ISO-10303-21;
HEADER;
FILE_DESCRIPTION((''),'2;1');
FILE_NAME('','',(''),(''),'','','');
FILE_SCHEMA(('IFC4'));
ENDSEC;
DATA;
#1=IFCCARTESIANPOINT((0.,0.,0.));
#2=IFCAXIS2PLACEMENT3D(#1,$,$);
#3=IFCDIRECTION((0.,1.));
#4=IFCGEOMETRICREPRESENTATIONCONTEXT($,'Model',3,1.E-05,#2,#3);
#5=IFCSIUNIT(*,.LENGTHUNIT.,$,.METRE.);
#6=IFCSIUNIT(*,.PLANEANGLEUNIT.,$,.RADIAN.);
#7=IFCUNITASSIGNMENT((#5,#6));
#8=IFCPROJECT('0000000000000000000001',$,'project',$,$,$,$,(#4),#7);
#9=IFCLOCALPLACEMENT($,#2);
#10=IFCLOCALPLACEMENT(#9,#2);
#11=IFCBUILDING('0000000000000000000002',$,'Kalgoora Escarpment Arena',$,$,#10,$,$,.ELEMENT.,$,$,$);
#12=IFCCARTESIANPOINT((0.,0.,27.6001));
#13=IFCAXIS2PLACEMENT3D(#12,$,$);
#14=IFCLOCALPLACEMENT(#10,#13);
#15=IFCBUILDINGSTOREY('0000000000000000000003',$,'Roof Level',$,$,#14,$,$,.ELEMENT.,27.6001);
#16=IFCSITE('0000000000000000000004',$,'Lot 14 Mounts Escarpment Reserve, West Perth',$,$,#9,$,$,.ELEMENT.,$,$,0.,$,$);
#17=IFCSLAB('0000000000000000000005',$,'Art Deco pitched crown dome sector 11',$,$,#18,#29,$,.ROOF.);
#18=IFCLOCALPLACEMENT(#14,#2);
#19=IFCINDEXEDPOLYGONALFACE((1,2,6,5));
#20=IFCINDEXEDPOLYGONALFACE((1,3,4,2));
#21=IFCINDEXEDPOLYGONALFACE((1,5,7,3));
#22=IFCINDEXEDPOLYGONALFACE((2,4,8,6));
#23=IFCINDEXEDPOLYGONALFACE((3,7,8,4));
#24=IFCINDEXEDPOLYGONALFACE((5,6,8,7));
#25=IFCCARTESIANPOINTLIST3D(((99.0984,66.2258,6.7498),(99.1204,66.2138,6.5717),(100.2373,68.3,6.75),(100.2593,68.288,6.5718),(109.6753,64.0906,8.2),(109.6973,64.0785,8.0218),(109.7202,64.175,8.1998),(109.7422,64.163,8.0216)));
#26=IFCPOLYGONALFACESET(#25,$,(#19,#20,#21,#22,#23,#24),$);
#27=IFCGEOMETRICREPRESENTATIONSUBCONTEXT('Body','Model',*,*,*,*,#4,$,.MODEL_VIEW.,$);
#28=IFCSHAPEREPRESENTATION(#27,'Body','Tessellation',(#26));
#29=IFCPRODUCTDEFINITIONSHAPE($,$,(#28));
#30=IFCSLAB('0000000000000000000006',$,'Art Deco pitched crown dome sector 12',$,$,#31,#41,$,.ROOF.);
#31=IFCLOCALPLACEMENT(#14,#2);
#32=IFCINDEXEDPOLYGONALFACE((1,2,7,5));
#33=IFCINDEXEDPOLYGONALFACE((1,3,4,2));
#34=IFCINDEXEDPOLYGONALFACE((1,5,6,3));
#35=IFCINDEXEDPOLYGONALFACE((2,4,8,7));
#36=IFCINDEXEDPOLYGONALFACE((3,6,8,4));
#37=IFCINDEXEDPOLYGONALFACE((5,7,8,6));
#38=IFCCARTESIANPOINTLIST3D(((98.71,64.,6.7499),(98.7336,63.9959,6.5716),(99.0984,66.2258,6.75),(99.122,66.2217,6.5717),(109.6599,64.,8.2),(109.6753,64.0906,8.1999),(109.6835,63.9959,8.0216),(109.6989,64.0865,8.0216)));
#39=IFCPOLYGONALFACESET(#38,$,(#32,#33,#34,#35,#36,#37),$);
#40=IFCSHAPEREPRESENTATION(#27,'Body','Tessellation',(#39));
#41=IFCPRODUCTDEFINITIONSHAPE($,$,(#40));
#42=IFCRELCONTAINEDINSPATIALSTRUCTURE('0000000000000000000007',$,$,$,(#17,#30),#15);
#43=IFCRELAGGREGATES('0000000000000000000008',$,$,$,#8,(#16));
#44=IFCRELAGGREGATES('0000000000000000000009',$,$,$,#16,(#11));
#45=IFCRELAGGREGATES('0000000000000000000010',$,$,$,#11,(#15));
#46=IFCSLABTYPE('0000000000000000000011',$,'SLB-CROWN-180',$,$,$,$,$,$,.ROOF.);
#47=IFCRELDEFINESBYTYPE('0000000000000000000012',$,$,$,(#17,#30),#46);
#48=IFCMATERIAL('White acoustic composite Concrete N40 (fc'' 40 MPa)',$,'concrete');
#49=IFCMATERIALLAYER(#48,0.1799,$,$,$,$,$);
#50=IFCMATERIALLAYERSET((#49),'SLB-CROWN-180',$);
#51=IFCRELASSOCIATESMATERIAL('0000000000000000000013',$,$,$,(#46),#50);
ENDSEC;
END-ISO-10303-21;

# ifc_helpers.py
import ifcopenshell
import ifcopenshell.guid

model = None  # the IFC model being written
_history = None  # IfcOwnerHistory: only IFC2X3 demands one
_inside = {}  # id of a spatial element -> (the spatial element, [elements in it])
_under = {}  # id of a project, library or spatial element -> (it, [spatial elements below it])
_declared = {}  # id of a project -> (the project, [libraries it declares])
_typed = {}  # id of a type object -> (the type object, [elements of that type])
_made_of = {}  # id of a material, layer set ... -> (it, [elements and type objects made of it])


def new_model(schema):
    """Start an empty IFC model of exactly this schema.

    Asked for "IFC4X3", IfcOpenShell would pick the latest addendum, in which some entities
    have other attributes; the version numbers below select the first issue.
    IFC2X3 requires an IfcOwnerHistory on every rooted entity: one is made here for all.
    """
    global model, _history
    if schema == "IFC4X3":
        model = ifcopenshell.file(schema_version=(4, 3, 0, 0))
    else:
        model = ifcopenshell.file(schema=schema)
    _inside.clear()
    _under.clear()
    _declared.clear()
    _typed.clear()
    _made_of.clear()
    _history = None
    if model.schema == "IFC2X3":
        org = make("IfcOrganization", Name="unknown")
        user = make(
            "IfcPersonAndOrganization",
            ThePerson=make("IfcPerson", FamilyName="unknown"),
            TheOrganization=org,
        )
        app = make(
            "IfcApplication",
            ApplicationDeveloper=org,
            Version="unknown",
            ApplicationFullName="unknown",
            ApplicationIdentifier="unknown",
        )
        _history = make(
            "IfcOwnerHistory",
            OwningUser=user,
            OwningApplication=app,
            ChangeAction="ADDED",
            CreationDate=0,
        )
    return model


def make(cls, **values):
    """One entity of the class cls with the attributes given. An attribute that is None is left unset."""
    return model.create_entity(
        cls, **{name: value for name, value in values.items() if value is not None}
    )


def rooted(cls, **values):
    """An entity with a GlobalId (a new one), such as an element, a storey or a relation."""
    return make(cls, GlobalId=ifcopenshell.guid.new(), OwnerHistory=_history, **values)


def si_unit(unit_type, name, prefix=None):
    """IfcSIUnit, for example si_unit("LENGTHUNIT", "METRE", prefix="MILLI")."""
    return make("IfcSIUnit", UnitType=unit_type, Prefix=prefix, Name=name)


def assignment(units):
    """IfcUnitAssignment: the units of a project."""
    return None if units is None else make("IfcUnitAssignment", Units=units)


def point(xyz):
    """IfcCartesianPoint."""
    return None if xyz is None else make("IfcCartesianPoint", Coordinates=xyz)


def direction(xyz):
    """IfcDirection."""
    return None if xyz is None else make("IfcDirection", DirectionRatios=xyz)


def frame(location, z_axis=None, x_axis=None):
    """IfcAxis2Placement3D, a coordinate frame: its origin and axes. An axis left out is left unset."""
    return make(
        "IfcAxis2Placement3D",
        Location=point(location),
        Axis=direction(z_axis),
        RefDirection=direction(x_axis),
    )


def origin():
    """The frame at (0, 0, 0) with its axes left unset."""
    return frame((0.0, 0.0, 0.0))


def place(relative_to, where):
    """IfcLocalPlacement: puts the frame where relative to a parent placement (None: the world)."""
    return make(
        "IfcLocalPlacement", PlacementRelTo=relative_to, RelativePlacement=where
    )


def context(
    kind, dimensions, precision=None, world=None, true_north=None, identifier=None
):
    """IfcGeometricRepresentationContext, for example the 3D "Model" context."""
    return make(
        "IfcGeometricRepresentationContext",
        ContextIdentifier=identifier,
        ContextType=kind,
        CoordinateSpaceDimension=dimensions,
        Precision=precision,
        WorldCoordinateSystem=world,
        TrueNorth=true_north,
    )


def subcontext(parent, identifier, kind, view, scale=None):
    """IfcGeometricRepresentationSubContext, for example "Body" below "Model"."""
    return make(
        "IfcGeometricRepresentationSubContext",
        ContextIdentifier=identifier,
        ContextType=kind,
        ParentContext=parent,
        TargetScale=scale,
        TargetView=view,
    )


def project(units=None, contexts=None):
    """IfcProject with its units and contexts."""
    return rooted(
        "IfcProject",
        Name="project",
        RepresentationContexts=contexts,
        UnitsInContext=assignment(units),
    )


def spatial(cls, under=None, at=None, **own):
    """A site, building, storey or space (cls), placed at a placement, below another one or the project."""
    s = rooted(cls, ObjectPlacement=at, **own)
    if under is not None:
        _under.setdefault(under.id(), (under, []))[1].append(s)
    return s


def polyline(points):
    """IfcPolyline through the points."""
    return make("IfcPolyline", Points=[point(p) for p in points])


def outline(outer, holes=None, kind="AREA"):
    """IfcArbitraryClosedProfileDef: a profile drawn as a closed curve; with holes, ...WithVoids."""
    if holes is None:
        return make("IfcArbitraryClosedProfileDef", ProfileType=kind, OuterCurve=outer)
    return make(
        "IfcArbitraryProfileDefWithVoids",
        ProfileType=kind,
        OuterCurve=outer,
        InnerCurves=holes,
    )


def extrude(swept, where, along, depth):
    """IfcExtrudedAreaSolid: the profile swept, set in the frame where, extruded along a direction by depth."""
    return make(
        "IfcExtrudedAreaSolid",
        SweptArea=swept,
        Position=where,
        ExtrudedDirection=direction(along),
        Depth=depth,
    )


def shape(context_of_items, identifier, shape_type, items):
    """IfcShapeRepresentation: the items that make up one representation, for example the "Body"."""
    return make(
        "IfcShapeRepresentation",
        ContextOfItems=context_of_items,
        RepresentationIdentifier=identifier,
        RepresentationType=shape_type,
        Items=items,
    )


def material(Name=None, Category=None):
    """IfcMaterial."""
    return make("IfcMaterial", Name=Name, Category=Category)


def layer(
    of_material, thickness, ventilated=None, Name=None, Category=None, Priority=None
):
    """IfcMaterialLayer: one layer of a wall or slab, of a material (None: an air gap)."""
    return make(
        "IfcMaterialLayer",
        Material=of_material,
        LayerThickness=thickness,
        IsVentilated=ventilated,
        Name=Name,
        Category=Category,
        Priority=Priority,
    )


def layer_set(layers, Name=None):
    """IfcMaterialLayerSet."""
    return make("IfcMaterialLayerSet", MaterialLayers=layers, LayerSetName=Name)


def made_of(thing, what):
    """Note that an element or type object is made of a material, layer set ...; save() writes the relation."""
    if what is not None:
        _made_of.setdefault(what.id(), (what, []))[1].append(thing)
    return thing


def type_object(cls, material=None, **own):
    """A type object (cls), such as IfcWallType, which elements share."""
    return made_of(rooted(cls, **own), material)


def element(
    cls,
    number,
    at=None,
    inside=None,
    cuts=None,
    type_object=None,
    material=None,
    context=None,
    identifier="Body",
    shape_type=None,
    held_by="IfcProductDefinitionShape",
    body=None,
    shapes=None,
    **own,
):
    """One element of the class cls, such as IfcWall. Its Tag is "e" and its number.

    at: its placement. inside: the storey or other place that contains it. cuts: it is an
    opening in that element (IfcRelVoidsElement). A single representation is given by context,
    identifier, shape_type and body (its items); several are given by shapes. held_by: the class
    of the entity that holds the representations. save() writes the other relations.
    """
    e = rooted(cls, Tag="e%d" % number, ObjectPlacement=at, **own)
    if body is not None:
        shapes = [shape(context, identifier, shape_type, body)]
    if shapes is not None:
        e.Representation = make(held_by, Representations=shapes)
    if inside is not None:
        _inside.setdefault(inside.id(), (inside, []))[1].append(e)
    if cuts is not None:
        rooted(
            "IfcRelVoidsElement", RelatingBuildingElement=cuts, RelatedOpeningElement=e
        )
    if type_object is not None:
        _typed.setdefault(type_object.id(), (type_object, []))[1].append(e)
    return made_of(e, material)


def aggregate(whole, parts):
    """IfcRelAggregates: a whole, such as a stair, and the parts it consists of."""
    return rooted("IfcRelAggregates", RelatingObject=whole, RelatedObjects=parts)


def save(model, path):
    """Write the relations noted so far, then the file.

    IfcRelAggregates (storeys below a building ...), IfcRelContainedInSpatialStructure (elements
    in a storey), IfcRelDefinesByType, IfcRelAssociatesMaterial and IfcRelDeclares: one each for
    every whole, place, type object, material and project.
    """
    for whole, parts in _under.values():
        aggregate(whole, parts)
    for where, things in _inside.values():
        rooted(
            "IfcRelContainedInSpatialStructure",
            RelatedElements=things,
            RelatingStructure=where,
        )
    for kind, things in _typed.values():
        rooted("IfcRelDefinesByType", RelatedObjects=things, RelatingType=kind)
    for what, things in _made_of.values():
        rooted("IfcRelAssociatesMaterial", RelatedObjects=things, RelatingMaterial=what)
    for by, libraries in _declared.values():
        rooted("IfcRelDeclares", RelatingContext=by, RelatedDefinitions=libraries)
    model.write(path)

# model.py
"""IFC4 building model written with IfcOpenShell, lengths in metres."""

from ifc_helpers import new_model, si_unit, direction, frame, origin, place, context, subcontext, project, spatial, polyline, outline, extrude, material, layer, layer_set, type_object, element, save


model = new_model("IFC4")

# Units and contexts
model_context = context("Model", 3, precision=1e-05, world=origin(), true_north=direction((0.0, 1.0)))
body_context = subcontext(model_context, "Body", "Model", "MODEL_VIEW")
ifc_project = project(units=[si_unit("LENGTHUNIT", "METRE"), si_unit("PLANEANGLEUNIT", "RADIAN")], contexts=[model_context])

# Site, building, storey
site_placement = place(None, origin())
site = spatial("IfcSite", under=ifc_project, at=site_placement, Name="Lot 14 Mounts Escarpment Reserve, West Perth", CompositionType="ELEMENT", RefElevation=0.0)
building_placement = place(site_placement, origin())
building = spatial("IfcBuilding", under=site, at=building_placement, Name="Kalgoora Escarpment Arena", CompositionType="ELEMENT")
storey_placement = place(building_placement, frame((0.0, 0.0, 27.6001)))
storey = spatial("IfcBuildingStorey", under=building, at=storey_placement, Name="Roof Level", CompositionType="ELEMENT", Elevation=27.6001)

# Slabs
ifc_material_1 = material(Name="White acoustic composite Concrete N40 (fc' 40 MPa)", Category="concrete")
ifc_layer_1 = layer(ifc_material_1, 0.1799)
ifc_layer_set_1 = layer_set([ifc_layer_1], Name="SLB-CROWN-180")
slab_type = type_object("IfcSlabType", Name="SLB-CROWN-180", PredefinedType="ROOF", material=ifc_layer_set_1)
slab_1_placement = place(storey_placement, frame((100.2373, 68.3, 6.75), z_axis=(-0.122232, 0.067033, 0.990235), x_axis=(-0.481292, -0.87656, -0.000072)))
element("IfcSlab", 1, at=slab_1_placement, inside=storey, type_object=slab_type, Name="Art Deco pitched crown dome sector 11", PredefinedType="ROOF", context=body_context, shape_type="SweptSolid", body=[
    extrude(outline(polyline([(0.0, 0.0), (2.3663, 0.0), (-0.8527, 10.4005), (-0.9483, 10.3992), (0.0, 0.0)])), origin(), (0.0, 0.0, -1.0), 0.1799),
])
slab_2_placement = place(storey_placement, frame((99.0984, 66.2258, 6.75), z_axis=(-0.131241, 0.022879, 0.991086), x_axis=(-0.171908, -0.985113, -0.000024)))
element("IfcSlab", 2, at=slab_2_placement, inside=storey, type_object=slab_type, Name="Art Deco pitched crown dome sector 12", PredefinedType="ROOF", context=body_context, shape_type="SweptSolid", body=[
    extrude(outline(polyline([(0.0, 0.0), (2.2595, 0.0), (0.377, 10.8839), (0.2852, 10.8835), (0.0, 0.0)])), origin(), (0.0, 0.0, -1.0), 0.1799),
])

save(model, "model.ifc")
